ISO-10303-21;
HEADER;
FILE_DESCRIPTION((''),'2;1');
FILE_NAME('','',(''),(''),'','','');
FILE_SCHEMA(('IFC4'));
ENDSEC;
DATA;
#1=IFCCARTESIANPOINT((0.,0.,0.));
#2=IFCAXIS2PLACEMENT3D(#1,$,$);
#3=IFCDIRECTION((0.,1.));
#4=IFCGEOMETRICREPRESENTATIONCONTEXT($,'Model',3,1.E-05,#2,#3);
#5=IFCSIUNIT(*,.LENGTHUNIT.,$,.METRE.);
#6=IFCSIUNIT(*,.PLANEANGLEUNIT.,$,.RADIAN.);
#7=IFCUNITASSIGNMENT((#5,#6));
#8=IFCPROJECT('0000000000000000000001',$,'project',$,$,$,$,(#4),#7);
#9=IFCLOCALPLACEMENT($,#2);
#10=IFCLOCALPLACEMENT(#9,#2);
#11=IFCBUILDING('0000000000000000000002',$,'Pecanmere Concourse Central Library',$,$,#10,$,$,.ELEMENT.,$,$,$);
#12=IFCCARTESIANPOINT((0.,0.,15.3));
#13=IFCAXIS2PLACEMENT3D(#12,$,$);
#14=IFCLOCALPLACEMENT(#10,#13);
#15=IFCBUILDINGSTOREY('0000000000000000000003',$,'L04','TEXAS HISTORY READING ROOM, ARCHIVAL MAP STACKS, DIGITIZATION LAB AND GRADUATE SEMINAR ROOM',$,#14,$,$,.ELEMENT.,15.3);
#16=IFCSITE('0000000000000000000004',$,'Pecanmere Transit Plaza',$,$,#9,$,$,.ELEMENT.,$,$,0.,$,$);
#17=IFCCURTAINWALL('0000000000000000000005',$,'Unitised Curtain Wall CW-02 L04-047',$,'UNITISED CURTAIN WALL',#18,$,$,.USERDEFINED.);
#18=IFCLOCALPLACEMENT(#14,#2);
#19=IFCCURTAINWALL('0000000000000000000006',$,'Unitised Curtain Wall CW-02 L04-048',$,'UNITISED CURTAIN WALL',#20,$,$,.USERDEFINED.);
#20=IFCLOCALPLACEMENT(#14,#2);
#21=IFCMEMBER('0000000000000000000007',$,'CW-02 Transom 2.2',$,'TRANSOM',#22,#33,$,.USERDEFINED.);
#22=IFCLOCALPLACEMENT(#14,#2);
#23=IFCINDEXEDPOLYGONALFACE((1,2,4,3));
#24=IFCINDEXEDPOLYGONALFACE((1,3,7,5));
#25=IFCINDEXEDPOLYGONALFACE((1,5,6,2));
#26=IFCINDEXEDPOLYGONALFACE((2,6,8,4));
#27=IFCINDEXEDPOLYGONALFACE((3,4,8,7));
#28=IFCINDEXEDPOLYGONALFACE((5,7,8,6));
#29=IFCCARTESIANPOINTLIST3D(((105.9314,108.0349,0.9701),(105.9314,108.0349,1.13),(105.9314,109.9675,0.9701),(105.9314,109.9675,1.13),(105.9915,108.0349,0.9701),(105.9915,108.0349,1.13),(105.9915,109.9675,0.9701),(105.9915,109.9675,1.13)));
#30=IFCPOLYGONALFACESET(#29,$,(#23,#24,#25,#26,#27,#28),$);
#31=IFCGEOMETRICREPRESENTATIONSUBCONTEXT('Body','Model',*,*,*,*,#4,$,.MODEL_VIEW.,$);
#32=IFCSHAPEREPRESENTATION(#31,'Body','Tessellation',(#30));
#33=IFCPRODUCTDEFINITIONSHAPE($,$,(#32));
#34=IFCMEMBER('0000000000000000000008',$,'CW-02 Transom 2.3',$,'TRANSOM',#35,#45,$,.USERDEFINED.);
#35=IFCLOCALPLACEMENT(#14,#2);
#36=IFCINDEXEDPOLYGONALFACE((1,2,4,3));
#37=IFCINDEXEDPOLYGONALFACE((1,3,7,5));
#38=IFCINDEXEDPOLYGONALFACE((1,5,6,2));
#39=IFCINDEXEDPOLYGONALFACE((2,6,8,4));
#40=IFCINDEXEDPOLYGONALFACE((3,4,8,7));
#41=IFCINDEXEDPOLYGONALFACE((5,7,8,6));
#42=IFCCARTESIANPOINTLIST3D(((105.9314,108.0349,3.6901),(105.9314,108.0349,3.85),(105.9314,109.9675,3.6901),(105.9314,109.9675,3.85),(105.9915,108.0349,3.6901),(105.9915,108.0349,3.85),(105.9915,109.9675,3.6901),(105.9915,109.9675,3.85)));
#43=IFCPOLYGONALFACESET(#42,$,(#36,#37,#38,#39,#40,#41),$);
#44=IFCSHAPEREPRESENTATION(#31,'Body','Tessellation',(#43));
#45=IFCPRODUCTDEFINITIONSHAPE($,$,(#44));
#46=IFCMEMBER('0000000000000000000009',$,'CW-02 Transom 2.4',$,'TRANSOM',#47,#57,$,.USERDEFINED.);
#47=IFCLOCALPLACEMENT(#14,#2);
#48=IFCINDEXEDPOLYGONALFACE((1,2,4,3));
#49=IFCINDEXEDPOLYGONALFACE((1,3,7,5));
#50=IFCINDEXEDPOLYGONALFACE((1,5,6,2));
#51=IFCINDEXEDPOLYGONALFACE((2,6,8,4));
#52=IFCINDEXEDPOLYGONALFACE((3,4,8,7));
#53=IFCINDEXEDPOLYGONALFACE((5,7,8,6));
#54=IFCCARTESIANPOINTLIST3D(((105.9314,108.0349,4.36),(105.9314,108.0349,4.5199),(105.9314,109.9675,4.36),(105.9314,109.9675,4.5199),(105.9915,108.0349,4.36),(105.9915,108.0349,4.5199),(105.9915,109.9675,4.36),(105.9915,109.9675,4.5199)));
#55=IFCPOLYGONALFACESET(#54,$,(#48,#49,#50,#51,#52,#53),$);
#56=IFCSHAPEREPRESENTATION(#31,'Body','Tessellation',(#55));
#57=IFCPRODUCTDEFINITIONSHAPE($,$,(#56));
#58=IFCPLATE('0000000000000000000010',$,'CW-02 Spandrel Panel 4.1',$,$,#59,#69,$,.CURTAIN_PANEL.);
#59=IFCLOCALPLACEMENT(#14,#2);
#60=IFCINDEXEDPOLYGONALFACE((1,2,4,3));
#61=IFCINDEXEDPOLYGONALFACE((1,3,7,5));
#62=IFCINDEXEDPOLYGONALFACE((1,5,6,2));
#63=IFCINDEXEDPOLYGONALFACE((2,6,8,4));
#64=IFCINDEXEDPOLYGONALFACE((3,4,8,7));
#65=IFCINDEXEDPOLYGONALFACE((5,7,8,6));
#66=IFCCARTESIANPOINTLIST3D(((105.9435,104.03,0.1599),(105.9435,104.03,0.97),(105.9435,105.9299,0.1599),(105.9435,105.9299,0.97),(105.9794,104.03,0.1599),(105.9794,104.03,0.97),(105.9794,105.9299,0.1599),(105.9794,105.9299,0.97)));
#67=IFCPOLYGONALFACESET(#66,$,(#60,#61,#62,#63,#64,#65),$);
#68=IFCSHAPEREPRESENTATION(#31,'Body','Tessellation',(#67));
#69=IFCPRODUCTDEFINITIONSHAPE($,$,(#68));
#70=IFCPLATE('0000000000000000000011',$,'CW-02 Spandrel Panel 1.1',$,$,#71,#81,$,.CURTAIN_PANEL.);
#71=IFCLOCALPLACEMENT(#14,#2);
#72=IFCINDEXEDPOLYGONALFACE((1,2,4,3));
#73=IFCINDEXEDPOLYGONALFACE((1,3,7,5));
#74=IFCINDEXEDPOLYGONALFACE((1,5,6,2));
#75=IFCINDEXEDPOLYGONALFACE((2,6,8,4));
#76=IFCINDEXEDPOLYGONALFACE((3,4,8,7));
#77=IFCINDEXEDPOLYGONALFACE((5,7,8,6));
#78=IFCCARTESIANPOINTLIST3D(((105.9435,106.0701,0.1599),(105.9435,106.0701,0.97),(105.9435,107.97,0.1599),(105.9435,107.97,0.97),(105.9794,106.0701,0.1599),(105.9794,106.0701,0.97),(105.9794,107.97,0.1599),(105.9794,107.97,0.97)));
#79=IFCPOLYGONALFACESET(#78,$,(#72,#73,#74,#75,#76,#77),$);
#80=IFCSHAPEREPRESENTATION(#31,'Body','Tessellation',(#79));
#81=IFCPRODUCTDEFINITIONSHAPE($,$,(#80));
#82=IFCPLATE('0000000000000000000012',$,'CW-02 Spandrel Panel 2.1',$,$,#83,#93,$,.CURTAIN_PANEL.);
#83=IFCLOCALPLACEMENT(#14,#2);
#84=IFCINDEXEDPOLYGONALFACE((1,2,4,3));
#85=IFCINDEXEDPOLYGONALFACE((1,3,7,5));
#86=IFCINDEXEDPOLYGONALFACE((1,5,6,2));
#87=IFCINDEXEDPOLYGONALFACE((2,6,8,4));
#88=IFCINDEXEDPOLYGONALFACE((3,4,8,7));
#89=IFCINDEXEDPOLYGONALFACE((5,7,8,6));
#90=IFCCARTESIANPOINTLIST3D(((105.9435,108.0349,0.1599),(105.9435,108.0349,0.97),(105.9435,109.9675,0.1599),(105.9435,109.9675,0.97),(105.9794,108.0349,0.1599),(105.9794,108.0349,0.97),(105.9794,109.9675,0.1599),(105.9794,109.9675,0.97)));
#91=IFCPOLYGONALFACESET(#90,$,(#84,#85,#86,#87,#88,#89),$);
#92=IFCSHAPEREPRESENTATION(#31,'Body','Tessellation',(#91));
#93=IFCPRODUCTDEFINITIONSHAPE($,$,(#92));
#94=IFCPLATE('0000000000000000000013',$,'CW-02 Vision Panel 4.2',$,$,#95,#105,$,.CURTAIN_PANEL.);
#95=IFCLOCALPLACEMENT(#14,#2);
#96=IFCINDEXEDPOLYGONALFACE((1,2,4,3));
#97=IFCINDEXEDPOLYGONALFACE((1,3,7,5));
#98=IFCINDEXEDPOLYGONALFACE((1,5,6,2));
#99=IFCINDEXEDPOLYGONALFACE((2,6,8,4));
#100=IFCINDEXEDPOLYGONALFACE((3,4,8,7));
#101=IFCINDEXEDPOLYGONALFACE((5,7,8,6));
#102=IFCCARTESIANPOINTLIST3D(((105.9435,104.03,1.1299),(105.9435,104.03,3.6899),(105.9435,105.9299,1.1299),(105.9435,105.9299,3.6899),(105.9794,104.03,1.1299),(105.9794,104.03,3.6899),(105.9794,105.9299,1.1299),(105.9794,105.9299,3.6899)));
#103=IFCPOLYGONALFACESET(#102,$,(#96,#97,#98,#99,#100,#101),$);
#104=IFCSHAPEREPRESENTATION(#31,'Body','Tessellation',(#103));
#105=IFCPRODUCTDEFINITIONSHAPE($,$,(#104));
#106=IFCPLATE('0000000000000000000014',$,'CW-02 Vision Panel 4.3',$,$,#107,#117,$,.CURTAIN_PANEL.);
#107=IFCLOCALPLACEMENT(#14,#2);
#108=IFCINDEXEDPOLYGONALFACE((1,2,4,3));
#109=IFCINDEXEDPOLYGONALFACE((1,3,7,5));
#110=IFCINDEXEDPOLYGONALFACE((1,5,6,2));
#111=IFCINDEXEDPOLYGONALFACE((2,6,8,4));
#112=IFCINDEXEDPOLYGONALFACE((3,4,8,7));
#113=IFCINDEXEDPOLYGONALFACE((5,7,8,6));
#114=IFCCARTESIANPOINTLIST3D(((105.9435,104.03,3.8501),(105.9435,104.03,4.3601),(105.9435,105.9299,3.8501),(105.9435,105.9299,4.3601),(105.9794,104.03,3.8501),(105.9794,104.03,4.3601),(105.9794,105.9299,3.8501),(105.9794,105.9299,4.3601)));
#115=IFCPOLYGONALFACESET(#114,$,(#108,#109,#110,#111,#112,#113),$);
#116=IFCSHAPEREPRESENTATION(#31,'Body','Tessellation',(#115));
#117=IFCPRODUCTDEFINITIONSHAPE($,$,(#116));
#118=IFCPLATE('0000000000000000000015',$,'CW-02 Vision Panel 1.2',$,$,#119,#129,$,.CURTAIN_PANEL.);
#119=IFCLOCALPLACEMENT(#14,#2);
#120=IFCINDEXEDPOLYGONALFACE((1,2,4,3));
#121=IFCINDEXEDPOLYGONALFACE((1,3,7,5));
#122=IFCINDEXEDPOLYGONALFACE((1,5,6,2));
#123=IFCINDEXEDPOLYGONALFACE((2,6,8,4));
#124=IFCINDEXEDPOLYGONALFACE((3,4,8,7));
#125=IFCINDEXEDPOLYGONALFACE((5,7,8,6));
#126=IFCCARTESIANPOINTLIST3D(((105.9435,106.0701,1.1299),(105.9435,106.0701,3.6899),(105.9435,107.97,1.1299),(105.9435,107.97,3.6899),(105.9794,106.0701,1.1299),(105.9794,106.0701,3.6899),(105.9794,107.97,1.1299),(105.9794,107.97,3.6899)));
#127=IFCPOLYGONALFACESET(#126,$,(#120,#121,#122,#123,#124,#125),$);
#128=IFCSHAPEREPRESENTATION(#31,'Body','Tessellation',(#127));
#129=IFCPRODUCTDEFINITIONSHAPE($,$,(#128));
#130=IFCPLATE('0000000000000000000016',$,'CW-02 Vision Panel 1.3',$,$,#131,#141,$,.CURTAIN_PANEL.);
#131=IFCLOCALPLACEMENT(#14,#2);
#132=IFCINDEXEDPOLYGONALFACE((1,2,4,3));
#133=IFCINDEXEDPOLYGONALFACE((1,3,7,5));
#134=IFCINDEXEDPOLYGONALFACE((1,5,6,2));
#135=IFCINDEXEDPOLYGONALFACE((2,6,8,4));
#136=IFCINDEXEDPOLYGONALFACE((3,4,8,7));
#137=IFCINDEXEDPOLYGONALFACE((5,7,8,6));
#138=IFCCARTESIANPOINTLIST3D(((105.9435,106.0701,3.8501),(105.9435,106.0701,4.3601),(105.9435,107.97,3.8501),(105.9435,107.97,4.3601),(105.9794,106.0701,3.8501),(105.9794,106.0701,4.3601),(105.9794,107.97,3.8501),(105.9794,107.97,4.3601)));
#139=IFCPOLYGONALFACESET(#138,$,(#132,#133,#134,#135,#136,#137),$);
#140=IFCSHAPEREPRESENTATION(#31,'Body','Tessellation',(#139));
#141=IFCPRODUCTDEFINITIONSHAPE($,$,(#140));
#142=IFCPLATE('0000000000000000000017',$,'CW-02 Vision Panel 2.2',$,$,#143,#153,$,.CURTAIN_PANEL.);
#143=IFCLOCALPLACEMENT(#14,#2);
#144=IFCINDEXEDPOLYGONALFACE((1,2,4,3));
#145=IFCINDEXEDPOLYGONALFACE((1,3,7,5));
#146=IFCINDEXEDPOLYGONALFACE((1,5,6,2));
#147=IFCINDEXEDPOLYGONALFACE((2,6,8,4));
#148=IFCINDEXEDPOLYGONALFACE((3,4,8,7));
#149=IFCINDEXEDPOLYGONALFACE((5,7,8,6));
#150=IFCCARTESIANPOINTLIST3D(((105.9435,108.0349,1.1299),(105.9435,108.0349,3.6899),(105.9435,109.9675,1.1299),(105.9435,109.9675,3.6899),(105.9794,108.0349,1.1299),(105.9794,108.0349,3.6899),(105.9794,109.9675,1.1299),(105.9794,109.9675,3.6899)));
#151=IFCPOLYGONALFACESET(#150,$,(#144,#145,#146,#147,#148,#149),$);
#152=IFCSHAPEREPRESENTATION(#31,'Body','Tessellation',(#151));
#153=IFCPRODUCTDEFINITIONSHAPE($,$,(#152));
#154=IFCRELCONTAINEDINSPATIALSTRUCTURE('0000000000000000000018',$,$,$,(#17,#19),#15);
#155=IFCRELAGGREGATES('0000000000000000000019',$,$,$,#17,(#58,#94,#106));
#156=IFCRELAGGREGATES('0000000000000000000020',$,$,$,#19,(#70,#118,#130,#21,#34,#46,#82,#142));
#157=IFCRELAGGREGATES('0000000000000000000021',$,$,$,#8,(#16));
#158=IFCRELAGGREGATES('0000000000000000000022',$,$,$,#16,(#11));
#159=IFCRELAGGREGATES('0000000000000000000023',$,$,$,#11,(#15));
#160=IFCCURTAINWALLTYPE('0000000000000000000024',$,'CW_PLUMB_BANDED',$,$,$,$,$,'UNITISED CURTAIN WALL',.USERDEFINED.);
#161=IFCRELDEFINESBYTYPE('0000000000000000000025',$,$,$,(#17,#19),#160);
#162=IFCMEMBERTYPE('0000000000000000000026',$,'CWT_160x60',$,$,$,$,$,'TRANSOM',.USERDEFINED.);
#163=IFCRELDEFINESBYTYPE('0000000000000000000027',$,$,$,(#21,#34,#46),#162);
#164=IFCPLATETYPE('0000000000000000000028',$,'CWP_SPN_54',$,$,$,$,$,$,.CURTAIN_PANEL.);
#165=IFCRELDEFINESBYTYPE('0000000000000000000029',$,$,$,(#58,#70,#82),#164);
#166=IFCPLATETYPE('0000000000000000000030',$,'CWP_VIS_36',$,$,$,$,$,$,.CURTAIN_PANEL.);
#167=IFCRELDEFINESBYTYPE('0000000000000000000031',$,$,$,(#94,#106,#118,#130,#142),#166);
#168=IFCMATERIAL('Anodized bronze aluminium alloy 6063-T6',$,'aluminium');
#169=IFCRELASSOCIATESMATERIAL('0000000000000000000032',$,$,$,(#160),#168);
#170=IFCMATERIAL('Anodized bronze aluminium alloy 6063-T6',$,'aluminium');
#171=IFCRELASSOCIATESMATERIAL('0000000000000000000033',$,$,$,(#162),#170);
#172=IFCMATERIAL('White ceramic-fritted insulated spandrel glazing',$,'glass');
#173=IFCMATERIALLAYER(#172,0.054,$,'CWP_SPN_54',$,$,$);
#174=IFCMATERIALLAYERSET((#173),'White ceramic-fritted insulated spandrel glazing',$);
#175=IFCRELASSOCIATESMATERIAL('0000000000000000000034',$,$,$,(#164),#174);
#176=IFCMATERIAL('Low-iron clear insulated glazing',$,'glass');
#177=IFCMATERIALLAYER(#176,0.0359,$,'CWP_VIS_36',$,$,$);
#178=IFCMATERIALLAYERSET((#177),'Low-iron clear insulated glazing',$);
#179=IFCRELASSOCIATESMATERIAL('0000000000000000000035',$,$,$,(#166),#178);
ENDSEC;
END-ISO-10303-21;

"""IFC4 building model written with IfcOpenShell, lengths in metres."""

from ifc_helpers import new_model, si_unit, direction, frame, origin, origin_2d, place, context, subcontext, project, spatial, rectangle, extrude, material, layer, layer_set, material_profile, profile_set, type_object, element, aggregate, save


model = new_model("IFC4")

# Units and contexts
model_context = context("Model", 3, precision=1e-05, world=origin(), true_north=direction((0.0, 1.0)))
body_context = subcontext(model_context, "Body", "Model", "MODEL_VIEW")
ifc_project = project(units=[si_unit("LENGTHUNIT", "METRE"), si_unit("PLANEANGLEUNIT", "RADIAN")], contexts=[model_context])

# Site, building, storey
site_placement = place(None, origin())
site = spatial("IfcSite", under=ifc_project, at=site_placement, Name="Pecanmere Transit Plaza", CompositionType="ELEMENT", RefElevation=0.0)
building_placement = place(site_placement, origin())
building = spatial("IfcBuilding", under=site, at=building_placement, Name="Pecanmere Concourse Central Library", CompositionType="ELEMENT")
storey_placement = place(building_placement, frame((0.0, 0.0, 15.3)))
storey = spatial("IfcBuildingStorey", under=building, at=storey_placement, Name="L04", Description="TEXAS HISTORY READING ROOM, ARCHIVAL MAP STACKS, DIGITIZATION LAB AND GRADUATE SEMINAR ROOM", CompositionType="ELEMENT", Elevation=15.3)

# Curtain walls
ifc_material_1 = material(Name="Anodized bronze aluminium alloy 6063-T6", Category="aluminium")
curtain_wall_type = type_object("IfcCurtainWallType", Name="CW_PLUMB_BANDED", ElementType="UNITISED CURTAIN WALL", PredefinedType="USERDEFINED", material=ifc_material_1)
curtain_wall_1_placement = place(storey_placement, origin())
curtain_wall_1 = element("IfcCurtainWall", 1, at=curtain_wall_1_placement, inside=storey, type_object=curtain_wall_type, Name="Unitised Curtain Wall CW-02 L04-047", ObjectType="UNITISED CURTAIN WALL", PredefinedType="USERDEFINED")
curtain_wall_2_placement = place(storey_placement, origin())
curtain_wall_2 = element("IfcCurtainWall", 2, at=curtain_wall_2_placement, inside=storey, type_object=curtain_wall_type, Name="Unitised Curtain Wall CW-02 L04-048", ObjectType="UNITISED CURTAIN WALL", PredefinedType="USERDEFINED")

# Members
ifc_material_2 = material(Name="Anodized bronze aluminium alloy 6063-T6", Category="aluminium")
ifc_material_profile_1 = material_profile(ifc_material_2, rectangle(XDim=0.0601, YDim=0.1599, at=origin_2d()), Name="AL 60x160")
ifc_profile_set_1 = profile_set([ifc_material_profile_1], Name="Anodized bronze aluminium alloy 6063-T6")
member_type_1 = type_object("IfcMemberType", Name="CWT_160x60", ElementType="TRANSOM", PredefinedType="USERDEFINED", material=ifc_profile_set_1)
member_1_placement = place(storey_placement, frame((105.9614, 108.0349, 1.05), z_axis=(0.0, 1.0, 0.0), x_axis=(-1.0, 0.0, 0.0)))
member_1 = element("IfcMember", 3, at=member_1_placement, type_object=member_type_1, Name="CW-02 Transom 2.2", ObjectType="TRANSOM", PredefinedType="USERDEFINED", context=body_context, shape_type="SweptSolid", body=[
    extrude(rectangle(XDim=0.0601, YDim=0.1599, at=origin_2d()), origin(), (0.0, 0.0, 1.0), 1.9326),
])
member_2_placement = place(storey_placement, frame((105.9614, 108.0349, 3.77), z_axis=(0.0, 1.0, 0.0), x_axis=(-1.0, 0.0, 0.0)))
member_2 = element("IfcMember", 4, at=member_2_placement, type_object=member_type_1, Name="CW-02 Transom 2.3", ObjectType="TRANSOM", PredefinedType="USERDEFINED", context=body_context, shape_type="SweptSolid", body=[
    extrude(rectangle(XDim=0.0601, YDim=0.1599, at=origin_2d()), origin(), (0.0, 0.0, 1.0), 1.9326),
])
member_3_placement = place(storey_placement, frame((105.9614, 108.0349, 4.4399), z_axis=(0.0, 1.0, 0.0), x_axis=(-1.0, 0.0, 0.0)))
member_3 = element("IfcMember", 5, at=member_3_placement, type_object=member_type_1, Name="CW-02 Transom 2.4", ObjectType="TRANSOM", PredefinedType="USERDEFINED", context=body_context, shape_type="SweptSolid", body=[
    extrude(rectangle(XDim=0.0601, YDim=0.1599, at=origin_2d()), origin(), (0.0, 0.0, 1.0), 1.9326),
])

# Plates
ifc_material_3 = material(Name="White ceramic-fritted insulated spandrel glazing", Category="glass")
ifc_layer_1 = layer(ifc_material_3, 0.054, Name="CWP_SPN_54")
ifc_layer_set_1 = layer_set([ifc_layer_1], Name="White ceramic-fritted insulated spandrel glazing")
plate_type_1 = type_object("IfcPlateType", Name="CWP_SPN_54", PredefinedType="CURTAIN_PANEL", material=ifc_layer_set_1)
plate_1_placement = place(storey_placement, frame((105.9614, 104.98, 0.1599), z_axis=(0.0, 0.0, 1.0), x_axis=(0.0, 1.0, 0.0)))
plate_1 = element("IfcPlate", 6, at=plate_1_placement, type_object=plate_type_1, Name="CW-02 Spandrel Panel 4.1", PredefinedType="CURTAIN_PANEL", context=body_context, shape_type="SweptSolid", body=[
    extrude(rectangle(XDim=1.8999, YDim=0.0359, at=origin_2d()), origin(), (0.0, 0.0, 1.0), 0.8101),
])
plate_2_placement = place(storey_placement, frame((105.9614, 107.02, 0.1599), z_axis=(0.0, 0.0, 1.0), x_axis=(0.0, 1.0, 0.0)))
plate_2 = element("IfcPlate", 7, at=plate_2_placement, type_object=plate_type_1, Name="CW-02 Spandrel Panel 1.1", PredefinedType="CURTAIN_PANEL", context=body_context, shape_type="SweptSolid", body=[
    extrude(rectangle(XDim=1.8999, YDim=0.0359, at=origin_2d()), origin(), (0.0, 0.0, 1.0), 0.8101),
])
plate_3_placement = place(storey_placement, frame((105.9614, 109.0012, 0.1599), z_axis=(0.0, 0.0, 1.0), x_axis=(0.0, 1.0, 0.0)))
plate_3 = element("IfcPlate", 8, at=plate_3_placement, type_object=plate_type_1, Name="CW-02 Spandrel Panel 2.1", PredefinedType="CURTAIN_PANEL", context=body_context, shape_type="SweptSolid", body=[
    extrude(rectangle(XDim=1.9326, YDim=0.0359, at=origin_2d()), origin(), (0.0, 0.0, 1.0), 0.8101),
])
ifc_material_4 = material(Name="Low-iron clear insulated glazing", Category="glass")
ifc_layer_2 = layer(ifc_material_4, 0.0359, Name="CWP_VIS_36")
ifc_layer_set_2 = layer_set([ifc_layer_2], Name="Low-iron clear insulated glazing")
plate_type_2 = type_object("IfcPlateType", Name="CWP_VIS_36", PredefinedType="CURTAIN_PANEL", material=ifc_layer_set_2)
plate_4_placement = place(storey_placement, frame((105.9614, 104.98, 1.1299), z_axis=(0.0, 0.0, 1.0), x_axis=(0.0, 1.0, 0.0)))
plate_4 = element("IfcPlate", 9, at=plate_4_placement, type_object=plate_type_2, Name="CW-02 Vision Panel 4.2", PredefinedType="CURTAIN_PANEL", context=body_context, shape_type="SweptSolid", body=[
    extrude(rectangle(XDim=1.8999, YDim=0.0359, at=origin_2d()), origin(), (0.0, 0.0, 1.0), 2.5601),
])
plate_5_placement = place(storey_placement, frame((105.9614, 104.98, 3.8501), z_axis=(0.0, 0.0, 1.0), x_axis=(0.0, 1.0, 0.0)))
plate_5 = element("IfcPlate", 10, at=plate_5_placement, type_object=plate_type_2, Name="CW-02 Vision Panel 4.3", PredefinedType="CURTAIN_PANEL", context=body_context, shape_type="SweptSolid", body=[
    extrude(rectangle(XDim=1.8999, YDim=0.0359, at=origin_2d()), origin(), (0.0, 0.0, 1.0), 0.51),
])
aggregate(curtain_wall_1, [plate_1, plate_4, plate_5])
plate_6_placement = place(storey_placement, frame((105.9614, 107.02, 1.1299), z_axis=(0.0, 0.0, 1.0), x_axis=(0.0, 1.0, 0.0)))
plate_6 = element("IfcPlate", 11, at=plate_6_placement, type_object=plate_type_2, Name="CW-02 Vision Panel 1.2", PredefinedType="CURTAIN_PANEL", context=body_context, shape_type="SweptSolid", body=[
    extrude(rectangle(XDim=1.8999, YDim=0.0359, at=origin_2d()), origin(), (0.0, 0.0, 1.0), 2.5601),
])
plate_7_placement = place(storey_placement, frame((105.9614, 107.02, 3.8501), z_axis=(0.0, 0.0, 1.0), x_axis=(0.0, 1.0, 0.0)))
plate_7 = element("IfcPlate", 12, at=plate_7_placement, type_object=plate_type_2, Name="CW-02 Vision Panel 1.3", PredefinedType="CURTAIN_PANEL", context=body_context, shape_type="SweptSolid", body=[
    extrude(rectangle(XDim=1.8999, YDim=0.0359, at=origin_2d()), origin(), (0.0, 0.0, 1.0), 0.51),
])
plate_8_placement = place(storey_placement, frame((105.9614, 109.0012, 1.1299), z_axis=(0.0, 0.0, 1.0), x_axis=(0.0, 1.0, 0.0)))
plate_8 = element("IfcPlate", 13, at=plate_8_placement, type_object=plate_type_2, Name="CW-02 Vision Panel 2.2", PredefinedType="CURTAIN_PANEL", context=body_context, shape_type="SweptSolid", body=[
    extrude(rectangle(XDim=1.9326, YDim=0.0359, at=origin_2d()), origin(), (0.0, 0.0, 1.0), 2.5601),
])
aggregate(curtain_wall_2, [plate_2, plate_6, plate_7, member_1, member_2, member_3, plate_3, plate_8])

save(model, "model.ifc")
